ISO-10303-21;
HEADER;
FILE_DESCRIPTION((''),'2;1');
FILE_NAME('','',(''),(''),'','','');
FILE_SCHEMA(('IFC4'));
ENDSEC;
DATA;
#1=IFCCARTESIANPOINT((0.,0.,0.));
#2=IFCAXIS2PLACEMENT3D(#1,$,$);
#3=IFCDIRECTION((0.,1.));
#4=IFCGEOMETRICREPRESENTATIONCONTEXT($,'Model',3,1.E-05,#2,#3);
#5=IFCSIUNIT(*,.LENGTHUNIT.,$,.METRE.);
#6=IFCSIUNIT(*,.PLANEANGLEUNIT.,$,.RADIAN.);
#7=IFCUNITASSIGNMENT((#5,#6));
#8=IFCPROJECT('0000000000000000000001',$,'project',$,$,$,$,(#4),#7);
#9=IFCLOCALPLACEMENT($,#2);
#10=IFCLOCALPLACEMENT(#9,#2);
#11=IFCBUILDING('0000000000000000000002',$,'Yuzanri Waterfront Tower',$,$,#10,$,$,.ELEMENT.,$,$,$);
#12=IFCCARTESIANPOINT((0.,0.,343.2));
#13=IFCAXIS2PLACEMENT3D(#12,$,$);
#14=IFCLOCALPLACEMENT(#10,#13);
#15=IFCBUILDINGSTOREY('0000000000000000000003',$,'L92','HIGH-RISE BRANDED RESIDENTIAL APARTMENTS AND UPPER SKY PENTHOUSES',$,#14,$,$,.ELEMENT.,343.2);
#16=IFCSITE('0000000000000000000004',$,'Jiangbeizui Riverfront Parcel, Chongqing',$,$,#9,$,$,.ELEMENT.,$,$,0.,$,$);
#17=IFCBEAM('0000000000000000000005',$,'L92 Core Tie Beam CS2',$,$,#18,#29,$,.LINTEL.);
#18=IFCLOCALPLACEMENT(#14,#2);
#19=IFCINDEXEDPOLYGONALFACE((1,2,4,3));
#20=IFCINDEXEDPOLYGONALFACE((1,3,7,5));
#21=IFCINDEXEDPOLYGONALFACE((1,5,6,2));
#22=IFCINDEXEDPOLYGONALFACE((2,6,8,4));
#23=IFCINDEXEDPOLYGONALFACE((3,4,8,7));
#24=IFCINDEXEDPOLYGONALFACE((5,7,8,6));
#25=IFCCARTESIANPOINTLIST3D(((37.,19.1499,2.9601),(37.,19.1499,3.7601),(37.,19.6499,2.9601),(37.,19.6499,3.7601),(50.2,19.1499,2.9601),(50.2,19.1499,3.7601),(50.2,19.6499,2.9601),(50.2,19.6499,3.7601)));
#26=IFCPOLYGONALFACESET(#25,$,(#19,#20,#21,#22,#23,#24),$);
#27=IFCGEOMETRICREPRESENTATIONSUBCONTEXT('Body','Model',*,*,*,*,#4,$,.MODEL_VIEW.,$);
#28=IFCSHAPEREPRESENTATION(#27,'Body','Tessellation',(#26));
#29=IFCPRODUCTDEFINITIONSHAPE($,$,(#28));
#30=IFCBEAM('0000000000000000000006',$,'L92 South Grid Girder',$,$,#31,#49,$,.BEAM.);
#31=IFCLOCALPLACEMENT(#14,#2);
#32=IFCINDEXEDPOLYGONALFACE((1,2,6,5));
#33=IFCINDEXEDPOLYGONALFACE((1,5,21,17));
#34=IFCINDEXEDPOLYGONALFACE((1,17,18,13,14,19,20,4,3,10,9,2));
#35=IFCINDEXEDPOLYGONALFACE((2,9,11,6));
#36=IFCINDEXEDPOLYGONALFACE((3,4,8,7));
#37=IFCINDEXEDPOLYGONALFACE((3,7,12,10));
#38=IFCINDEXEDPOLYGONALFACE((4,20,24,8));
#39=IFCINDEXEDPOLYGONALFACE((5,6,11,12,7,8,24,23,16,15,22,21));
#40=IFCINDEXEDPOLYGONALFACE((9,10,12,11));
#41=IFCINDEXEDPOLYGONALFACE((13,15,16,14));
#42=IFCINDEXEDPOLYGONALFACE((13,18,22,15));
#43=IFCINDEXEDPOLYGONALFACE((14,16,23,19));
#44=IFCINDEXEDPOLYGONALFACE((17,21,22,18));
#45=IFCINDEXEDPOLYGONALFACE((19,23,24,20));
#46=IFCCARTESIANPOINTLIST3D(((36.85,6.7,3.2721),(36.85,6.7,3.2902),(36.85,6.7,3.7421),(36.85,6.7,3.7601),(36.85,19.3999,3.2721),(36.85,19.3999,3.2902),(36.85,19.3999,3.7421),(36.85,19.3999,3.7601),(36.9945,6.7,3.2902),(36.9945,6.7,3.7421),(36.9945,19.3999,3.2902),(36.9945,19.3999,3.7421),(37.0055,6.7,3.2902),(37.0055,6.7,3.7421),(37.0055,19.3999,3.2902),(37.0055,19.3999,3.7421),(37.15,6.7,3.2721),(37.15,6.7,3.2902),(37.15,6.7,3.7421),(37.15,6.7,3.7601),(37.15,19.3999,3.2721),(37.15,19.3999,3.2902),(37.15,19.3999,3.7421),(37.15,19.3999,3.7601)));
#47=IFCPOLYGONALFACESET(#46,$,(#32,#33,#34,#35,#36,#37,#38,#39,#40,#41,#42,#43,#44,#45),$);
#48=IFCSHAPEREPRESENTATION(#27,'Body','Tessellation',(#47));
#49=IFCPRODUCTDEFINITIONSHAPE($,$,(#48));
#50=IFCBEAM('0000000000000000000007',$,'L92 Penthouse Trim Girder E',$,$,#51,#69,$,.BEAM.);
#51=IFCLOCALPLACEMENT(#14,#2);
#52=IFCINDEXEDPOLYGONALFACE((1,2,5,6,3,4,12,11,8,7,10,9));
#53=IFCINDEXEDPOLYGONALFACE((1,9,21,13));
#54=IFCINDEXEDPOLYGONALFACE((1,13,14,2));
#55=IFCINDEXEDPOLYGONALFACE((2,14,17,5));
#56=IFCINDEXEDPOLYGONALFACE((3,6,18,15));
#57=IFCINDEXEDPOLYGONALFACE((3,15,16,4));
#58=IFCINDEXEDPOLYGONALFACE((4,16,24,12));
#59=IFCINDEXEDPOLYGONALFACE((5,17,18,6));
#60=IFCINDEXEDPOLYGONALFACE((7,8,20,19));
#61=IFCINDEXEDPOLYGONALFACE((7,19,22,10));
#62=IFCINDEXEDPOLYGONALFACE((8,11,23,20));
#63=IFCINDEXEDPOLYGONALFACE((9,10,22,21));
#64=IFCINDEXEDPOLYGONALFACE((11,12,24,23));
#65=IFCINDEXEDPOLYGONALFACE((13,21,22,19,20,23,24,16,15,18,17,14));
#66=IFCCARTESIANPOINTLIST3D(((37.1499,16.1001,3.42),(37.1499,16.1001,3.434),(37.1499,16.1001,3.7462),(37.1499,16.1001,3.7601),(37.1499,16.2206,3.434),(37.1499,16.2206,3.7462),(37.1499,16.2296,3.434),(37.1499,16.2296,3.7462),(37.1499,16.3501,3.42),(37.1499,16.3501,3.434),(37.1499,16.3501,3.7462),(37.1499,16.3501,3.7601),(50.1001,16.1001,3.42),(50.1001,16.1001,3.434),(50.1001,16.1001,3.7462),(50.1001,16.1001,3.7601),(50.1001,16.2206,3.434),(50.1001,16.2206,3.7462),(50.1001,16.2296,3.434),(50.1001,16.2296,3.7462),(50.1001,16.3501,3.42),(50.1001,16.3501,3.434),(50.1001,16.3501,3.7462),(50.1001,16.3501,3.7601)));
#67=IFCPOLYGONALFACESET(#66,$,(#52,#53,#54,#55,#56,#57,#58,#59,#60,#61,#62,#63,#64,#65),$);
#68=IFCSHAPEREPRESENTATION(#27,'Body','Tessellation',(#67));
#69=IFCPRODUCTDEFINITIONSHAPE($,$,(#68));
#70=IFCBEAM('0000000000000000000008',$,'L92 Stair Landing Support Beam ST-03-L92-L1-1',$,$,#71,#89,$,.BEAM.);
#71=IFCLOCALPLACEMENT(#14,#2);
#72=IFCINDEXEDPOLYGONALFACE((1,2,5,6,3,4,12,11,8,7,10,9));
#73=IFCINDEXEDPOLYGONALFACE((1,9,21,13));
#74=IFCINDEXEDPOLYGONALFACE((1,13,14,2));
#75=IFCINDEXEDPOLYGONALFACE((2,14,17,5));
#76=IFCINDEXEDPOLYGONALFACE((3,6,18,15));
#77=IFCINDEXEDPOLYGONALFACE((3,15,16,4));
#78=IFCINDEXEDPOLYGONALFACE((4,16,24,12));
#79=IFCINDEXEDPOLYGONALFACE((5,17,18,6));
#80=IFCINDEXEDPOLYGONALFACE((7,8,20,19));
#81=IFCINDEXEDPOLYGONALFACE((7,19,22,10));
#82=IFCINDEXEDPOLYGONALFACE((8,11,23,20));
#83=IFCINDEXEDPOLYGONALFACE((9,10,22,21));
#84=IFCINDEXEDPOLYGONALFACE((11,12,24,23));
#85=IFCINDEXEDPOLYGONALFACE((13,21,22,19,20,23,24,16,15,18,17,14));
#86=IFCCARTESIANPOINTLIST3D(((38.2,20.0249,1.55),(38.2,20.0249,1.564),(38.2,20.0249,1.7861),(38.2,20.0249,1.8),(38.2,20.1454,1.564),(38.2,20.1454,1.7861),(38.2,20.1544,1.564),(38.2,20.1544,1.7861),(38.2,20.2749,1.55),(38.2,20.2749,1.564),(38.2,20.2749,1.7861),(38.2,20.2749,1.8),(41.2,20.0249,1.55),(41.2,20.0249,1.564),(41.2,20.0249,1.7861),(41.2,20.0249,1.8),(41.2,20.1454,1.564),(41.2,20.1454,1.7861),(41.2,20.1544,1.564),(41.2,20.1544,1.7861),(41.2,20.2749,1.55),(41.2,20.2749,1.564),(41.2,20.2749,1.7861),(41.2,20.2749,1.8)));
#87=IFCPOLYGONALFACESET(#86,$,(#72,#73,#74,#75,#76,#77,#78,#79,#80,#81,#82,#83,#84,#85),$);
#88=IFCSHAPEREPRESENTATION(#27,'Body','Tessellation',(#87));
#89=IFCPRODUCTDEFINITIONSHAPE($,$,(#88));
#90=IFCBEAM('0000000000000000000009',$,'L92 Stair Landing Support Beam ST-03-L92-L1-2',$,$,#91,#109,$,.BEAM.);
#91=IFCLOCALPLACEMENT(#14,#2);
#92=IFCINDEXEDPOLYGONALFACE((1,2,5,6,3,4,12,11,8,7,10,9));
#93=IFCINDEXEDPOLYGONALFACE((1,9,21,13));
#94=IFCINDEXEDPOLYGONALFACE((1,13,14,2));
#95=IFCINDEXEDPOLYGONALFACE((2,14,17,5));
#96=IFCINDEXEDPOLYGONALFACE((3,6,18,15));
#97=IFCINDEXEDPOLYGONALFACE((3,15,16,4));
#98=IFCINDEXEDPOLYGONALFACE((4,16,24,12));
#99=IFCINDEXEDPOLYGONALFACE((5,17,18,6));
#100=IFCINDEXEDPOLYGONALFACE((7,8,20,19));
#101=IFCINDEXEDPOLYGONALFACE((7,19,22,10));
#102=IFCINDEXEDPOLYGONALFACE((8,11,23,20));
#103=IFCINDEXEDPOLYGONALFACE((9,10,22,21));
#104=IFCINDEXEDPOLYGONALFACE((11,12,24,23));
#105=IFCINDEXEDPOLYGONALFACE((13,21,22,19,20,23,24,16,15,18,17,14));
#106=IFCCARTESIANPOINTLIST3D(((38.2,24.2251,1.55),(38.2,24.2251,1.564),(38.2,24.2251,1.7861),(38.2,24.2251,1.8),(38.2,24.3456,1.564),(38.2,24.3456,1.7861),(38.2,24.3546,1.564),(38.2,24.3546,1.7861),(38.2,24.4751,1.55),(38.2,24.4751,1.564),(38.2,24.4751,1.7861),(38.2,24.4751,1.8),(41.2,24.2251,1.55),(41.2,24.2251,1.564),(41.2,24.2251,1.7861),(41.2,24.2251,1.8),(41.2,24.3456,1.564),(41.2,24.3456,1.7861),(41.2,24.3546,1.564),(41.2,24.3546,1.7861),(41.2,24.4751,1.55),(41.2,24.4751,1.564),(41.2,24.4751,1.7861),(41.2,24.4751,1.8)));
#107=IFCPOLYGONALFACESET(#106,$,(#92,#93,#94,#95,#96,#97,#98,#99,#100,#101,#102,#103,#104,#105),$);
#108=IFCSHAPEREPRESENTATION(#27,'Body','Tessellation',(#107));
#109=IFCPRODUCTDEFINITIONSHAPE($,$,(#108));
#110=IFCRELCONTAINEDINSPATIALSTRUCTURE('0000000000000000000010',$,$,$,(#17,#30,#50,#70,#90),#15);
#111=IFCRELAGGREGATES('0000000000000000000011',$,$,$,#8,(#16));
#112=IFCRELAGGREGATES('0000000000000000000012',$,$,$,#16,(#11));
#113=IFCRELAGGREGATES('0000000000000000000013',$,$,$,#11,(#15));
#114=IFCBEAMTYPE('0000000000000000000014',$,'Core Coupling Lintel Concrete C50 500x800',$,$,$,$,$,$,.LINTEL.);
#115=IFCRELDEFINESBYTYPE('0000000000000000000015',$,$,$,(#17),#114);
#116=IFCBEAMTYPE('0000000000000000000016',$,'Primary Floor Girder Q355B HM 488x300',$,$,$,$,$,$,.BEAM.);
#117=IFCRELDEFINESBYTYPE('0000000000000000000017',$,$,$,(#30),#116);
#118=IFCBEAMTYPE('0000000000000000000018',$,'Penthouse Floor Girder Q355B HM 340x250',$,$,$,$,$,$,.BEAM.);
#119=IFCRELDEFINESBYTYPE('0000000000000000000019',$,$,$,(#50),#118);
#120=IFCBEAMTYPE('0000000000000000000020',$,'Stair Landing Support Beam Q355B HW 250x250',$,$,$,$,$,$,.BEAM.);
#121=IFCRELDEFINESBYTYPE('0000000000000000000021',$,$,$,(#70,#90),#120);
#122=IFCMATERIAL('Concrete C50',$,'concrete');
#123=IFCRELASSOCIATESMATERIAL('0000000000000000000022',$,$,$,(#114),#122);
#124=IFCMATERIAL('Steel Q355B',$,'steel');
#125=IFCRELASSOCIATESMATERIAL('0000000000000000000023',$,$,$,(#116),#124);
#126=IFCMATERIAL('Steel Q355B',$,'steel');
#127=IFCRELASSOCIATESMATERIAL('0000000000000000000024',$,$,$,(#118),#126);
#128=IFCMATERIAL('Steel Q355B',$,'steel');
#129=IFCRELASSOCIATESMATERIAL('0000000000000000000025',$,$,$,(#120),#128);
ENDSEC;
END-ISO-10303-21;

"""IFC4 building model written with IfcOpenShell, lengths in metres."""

from ifc_helpers import new_model, si_unit, direction, frame, origin, origin_2d, place, context, subcontext, project, spatial, rectangle, i_section, extrude, source, transform, mapped, material, material_profile, profile_set, type_object, element, save


model = new_model("IFC4")

# Units and contexts
model_context = context("Model", 3, precision=1e-05, world=origin(), true_north=direction((0.0, 1.0)))
body_context = subcontext(model_context, "Body", "Model", "MODEL_VIEW")
ifc_project = project(units=[si_unit("LENGTHUNIT", "METRE"), si_unit("PLANEANGLEUNIT", "RADIAN")], contexts=[model_context])

# Site, building, storey
site_placement = place(None, origin())
site = spatial("IfcSite", under=ifc_project, at=site_placement, Name="Jiangbeizui Riverfront Parcel, Chongqing", CompositionType="ELEMENT", RefElevation=0.0)
building_placement = place(site_placement, origin())
building = spatial("IfcBuilding", under=site, at=building_placement, Name="Yuzanri Waterfront Tower", CompositionType="ELEMENT")
storey_placement = place(building_placement, frame((0.0, 0.0, 343.2)))
storey = spatial("IfcBuildingStorey", under=building, at=storey_placement, Name="L92", Description="HIGH-RISE BRANDED RESIDENTIAL APARTMENTS AND UPPER SKY PENTHOUSES", CompositionType="ELEMENT", Elevation=343.2)

# Beams
ifc_material_1 = material(Name="Concrete C50", Category="concrete")
ifc_material_profile_1 = material_profile(ifc_material_1, rectangle(XDim=0.5, YDim=0.8, at=origin_2d()), Name="RC 500x800")
ifc_profile_set_1 = profile_set([ifc_material_profile_1], Name="Concrete C50")
beam_type_1 = type_object("IfcBeamType", Name="Core Coupling Lintel Concrete C50 500x800", PredefinedType="LINTEL", material=ifc_profile_set_1)
shared_shape_1 = source(origin(), body_context, "Body", "SweptSolid", [
    extrude(rectangle(XDim=0.5, YDim=0.8, at=origin_2d()), origin(), (0.0, 0.0, 1.0), 13.2),
])
beam_1_placement = place(storey_placement, frame((37.0, 19.3999, 3.3601), z_axis=(1.0, 0.0, 0.0), x_axis=(0.0, 1.0, 0.0)))
element("IfcBeam", 1, at=beam_1_placement, inside=storey, type_object=beam_type_1, Name="L92 Core Tie Beam CS2", PredefinedType="LINTEL", context=body_context, shape_type="MappedRepresentation", body=[
    mapped(shared_shape_1, transform((0.0, 0.0, 0.0), scale=1.0)),
])
ifc_material_2 = material(Name="Steel Q355B", Category="steel")
ifc_material_profile_2 = material_profile(ifc_material_2, i_section(OverallWidth=0.3, OverallDepth=0.488, WebThickness=0.011, FlangeThickness=0.0181, at=origin_2d()), Name="HM 488x300x11x18")
ifc_profile_set_2 = profile_set([ifc_material_profile_2], Name="Steel Q355B")
beam_type_2 = type_object("IfcBeamType", Name="Primary Floor Girder Q355B HM 488x300", PredefinedType="BEAM", material=ifc_profile_set_2)
shared_shape_2 = source(origin(), body_context, "Body", "SweptSolid", [
    extrude(i_section(OverallWidth=0.3, OverallDepth=0.488, WebThickness=0.011, FlangeThickness=0.0181, at=origin_2d()), origin(), (0.0, 0.0, 1.0), 12.7),
])
beam_2_placement = place(storey_placement, frame((37.0, 19.3999, 3.5161), z_axis=(0.0, -1.0, 0.0), x_axis=(1.0, 0.0, 0.0)))
element("IfcBeam", 2, at=beam_2_placement, inside=storey, type_object=beam_type_2, Name="L92 South Grid Girder", PredefinedType="BEAM", context=body_context, shape_type="MappedRepresentation", body=[
    mapped(shared_shape_2, transform((0.0, 0.0, 0.0), scale=1.0)),
])
ifc_material_3 = material(Name="Steel Q355B", Category="steel")
ifc_material_profile_3 = material_profile(ifc_material_3, i_section(OverallWidth=0.25, OverallDepth=0.3401, WebThickness=0.009, FlangeThickness=0.0139, at=origin_2d()), Name="HM 340x250x9x14")
ifc_profile_set_3 = profile_set([ifc_material_profile_3], Name="Steel Q355B")
beam_type_3 = type_object("IfcBeamType", Name="Penthouse Floor Girder Q355B HM 340x250", PredefinedType="BEAM", material=ifc_profile_set_3)
shared_shape_3 = source(origin(), body_context, "Body", "SweptSolid", [
    extrude(i_section(OverallWidth=0.25, OverallDepth=0.3401, WebThickness=0.009, FlangeThickness=0.0139, at=origin_2d()), origin(), (0.0, 0.0, 1.0), 12.9502),
])
beam_3_placement = place(storey_placement, frame((37.1499, 16.2251, 3.5901), z_axis=(1.0, 0.0, 0.0), x_axis=(0.0, 1.0, 0.0)))
element("IfcBeam", 3, at=beam_3_placement, inside=storey, type_object=beam_type_3, Name="L92 Penthouse Trim Girder E", PredefinedType="BEAM", context=body_context, shape_type="MappedRepresentation", body=[
    mapped(shared_shape_3, transform((0.0, 0.0, 0.0), scale=1.0)),
])
ifc_material_4 = material(Name="Steel Q355B", Category="steel")
ifc_material_profile_4 = material_profile(ifc_material_4, i_section(OverallWidth=0.25, OverallDepth=0.25, WebThickness=0.009, FlangeThickness=0.0139, at=origin_2d()), Name="HW 250x250x9x14")
ifc_profile_set_4 = profile_set([ifc_material_profile_4], Name="Steel Q355B")
beam_type_4 = type_object("IfcBeamType", Name="Stair Landing Support Beam Q355B HW 250x250", PredefinedType="BEAM", material=ifc_profile_set_4)
shared_shape_4 = source(origin(), body_context, "Body", "SweptSolid", [
    extrude(i_section(OverallWidth=0.25, OverallDepth=0.25, WebThickness=0.009, FlangeThickness=0.0139, at=origin_2d()), origin(), (0.0, 0.0, 1.0), 3.0),
])
for number, where, z_axis, x_axis, name in (
    (4, (38.2, 20.1499, 1.675), (1.0, 0.0, 0.0), (0.0, 1.0, 0.0), "L92 Stair Landing Support Beam ST-03-L92-L1-1"),
    (5, (38.2, 24.3501, 1.675), (1.0, 0.0, 0.0), (0.0, 1.0, 0.0), "L92 Stair Landing Support Beam ST-03-L92-L1-2"),
):
    element("IfcBeam", number, at=place(storey_placement, frame(where, z_axis=z_axis, x_axis=x_axis)), inside=storey, type_object=beam_type_4, Name=name, PredefinedType="BEAM", context=body_context, shape_type="MappedRepresentation", body=[
        mapped(shared_shape_4, transform((0.0, 0.0, 0.0), scale=1.0)),
    ])

save(model, "model.ifc")
